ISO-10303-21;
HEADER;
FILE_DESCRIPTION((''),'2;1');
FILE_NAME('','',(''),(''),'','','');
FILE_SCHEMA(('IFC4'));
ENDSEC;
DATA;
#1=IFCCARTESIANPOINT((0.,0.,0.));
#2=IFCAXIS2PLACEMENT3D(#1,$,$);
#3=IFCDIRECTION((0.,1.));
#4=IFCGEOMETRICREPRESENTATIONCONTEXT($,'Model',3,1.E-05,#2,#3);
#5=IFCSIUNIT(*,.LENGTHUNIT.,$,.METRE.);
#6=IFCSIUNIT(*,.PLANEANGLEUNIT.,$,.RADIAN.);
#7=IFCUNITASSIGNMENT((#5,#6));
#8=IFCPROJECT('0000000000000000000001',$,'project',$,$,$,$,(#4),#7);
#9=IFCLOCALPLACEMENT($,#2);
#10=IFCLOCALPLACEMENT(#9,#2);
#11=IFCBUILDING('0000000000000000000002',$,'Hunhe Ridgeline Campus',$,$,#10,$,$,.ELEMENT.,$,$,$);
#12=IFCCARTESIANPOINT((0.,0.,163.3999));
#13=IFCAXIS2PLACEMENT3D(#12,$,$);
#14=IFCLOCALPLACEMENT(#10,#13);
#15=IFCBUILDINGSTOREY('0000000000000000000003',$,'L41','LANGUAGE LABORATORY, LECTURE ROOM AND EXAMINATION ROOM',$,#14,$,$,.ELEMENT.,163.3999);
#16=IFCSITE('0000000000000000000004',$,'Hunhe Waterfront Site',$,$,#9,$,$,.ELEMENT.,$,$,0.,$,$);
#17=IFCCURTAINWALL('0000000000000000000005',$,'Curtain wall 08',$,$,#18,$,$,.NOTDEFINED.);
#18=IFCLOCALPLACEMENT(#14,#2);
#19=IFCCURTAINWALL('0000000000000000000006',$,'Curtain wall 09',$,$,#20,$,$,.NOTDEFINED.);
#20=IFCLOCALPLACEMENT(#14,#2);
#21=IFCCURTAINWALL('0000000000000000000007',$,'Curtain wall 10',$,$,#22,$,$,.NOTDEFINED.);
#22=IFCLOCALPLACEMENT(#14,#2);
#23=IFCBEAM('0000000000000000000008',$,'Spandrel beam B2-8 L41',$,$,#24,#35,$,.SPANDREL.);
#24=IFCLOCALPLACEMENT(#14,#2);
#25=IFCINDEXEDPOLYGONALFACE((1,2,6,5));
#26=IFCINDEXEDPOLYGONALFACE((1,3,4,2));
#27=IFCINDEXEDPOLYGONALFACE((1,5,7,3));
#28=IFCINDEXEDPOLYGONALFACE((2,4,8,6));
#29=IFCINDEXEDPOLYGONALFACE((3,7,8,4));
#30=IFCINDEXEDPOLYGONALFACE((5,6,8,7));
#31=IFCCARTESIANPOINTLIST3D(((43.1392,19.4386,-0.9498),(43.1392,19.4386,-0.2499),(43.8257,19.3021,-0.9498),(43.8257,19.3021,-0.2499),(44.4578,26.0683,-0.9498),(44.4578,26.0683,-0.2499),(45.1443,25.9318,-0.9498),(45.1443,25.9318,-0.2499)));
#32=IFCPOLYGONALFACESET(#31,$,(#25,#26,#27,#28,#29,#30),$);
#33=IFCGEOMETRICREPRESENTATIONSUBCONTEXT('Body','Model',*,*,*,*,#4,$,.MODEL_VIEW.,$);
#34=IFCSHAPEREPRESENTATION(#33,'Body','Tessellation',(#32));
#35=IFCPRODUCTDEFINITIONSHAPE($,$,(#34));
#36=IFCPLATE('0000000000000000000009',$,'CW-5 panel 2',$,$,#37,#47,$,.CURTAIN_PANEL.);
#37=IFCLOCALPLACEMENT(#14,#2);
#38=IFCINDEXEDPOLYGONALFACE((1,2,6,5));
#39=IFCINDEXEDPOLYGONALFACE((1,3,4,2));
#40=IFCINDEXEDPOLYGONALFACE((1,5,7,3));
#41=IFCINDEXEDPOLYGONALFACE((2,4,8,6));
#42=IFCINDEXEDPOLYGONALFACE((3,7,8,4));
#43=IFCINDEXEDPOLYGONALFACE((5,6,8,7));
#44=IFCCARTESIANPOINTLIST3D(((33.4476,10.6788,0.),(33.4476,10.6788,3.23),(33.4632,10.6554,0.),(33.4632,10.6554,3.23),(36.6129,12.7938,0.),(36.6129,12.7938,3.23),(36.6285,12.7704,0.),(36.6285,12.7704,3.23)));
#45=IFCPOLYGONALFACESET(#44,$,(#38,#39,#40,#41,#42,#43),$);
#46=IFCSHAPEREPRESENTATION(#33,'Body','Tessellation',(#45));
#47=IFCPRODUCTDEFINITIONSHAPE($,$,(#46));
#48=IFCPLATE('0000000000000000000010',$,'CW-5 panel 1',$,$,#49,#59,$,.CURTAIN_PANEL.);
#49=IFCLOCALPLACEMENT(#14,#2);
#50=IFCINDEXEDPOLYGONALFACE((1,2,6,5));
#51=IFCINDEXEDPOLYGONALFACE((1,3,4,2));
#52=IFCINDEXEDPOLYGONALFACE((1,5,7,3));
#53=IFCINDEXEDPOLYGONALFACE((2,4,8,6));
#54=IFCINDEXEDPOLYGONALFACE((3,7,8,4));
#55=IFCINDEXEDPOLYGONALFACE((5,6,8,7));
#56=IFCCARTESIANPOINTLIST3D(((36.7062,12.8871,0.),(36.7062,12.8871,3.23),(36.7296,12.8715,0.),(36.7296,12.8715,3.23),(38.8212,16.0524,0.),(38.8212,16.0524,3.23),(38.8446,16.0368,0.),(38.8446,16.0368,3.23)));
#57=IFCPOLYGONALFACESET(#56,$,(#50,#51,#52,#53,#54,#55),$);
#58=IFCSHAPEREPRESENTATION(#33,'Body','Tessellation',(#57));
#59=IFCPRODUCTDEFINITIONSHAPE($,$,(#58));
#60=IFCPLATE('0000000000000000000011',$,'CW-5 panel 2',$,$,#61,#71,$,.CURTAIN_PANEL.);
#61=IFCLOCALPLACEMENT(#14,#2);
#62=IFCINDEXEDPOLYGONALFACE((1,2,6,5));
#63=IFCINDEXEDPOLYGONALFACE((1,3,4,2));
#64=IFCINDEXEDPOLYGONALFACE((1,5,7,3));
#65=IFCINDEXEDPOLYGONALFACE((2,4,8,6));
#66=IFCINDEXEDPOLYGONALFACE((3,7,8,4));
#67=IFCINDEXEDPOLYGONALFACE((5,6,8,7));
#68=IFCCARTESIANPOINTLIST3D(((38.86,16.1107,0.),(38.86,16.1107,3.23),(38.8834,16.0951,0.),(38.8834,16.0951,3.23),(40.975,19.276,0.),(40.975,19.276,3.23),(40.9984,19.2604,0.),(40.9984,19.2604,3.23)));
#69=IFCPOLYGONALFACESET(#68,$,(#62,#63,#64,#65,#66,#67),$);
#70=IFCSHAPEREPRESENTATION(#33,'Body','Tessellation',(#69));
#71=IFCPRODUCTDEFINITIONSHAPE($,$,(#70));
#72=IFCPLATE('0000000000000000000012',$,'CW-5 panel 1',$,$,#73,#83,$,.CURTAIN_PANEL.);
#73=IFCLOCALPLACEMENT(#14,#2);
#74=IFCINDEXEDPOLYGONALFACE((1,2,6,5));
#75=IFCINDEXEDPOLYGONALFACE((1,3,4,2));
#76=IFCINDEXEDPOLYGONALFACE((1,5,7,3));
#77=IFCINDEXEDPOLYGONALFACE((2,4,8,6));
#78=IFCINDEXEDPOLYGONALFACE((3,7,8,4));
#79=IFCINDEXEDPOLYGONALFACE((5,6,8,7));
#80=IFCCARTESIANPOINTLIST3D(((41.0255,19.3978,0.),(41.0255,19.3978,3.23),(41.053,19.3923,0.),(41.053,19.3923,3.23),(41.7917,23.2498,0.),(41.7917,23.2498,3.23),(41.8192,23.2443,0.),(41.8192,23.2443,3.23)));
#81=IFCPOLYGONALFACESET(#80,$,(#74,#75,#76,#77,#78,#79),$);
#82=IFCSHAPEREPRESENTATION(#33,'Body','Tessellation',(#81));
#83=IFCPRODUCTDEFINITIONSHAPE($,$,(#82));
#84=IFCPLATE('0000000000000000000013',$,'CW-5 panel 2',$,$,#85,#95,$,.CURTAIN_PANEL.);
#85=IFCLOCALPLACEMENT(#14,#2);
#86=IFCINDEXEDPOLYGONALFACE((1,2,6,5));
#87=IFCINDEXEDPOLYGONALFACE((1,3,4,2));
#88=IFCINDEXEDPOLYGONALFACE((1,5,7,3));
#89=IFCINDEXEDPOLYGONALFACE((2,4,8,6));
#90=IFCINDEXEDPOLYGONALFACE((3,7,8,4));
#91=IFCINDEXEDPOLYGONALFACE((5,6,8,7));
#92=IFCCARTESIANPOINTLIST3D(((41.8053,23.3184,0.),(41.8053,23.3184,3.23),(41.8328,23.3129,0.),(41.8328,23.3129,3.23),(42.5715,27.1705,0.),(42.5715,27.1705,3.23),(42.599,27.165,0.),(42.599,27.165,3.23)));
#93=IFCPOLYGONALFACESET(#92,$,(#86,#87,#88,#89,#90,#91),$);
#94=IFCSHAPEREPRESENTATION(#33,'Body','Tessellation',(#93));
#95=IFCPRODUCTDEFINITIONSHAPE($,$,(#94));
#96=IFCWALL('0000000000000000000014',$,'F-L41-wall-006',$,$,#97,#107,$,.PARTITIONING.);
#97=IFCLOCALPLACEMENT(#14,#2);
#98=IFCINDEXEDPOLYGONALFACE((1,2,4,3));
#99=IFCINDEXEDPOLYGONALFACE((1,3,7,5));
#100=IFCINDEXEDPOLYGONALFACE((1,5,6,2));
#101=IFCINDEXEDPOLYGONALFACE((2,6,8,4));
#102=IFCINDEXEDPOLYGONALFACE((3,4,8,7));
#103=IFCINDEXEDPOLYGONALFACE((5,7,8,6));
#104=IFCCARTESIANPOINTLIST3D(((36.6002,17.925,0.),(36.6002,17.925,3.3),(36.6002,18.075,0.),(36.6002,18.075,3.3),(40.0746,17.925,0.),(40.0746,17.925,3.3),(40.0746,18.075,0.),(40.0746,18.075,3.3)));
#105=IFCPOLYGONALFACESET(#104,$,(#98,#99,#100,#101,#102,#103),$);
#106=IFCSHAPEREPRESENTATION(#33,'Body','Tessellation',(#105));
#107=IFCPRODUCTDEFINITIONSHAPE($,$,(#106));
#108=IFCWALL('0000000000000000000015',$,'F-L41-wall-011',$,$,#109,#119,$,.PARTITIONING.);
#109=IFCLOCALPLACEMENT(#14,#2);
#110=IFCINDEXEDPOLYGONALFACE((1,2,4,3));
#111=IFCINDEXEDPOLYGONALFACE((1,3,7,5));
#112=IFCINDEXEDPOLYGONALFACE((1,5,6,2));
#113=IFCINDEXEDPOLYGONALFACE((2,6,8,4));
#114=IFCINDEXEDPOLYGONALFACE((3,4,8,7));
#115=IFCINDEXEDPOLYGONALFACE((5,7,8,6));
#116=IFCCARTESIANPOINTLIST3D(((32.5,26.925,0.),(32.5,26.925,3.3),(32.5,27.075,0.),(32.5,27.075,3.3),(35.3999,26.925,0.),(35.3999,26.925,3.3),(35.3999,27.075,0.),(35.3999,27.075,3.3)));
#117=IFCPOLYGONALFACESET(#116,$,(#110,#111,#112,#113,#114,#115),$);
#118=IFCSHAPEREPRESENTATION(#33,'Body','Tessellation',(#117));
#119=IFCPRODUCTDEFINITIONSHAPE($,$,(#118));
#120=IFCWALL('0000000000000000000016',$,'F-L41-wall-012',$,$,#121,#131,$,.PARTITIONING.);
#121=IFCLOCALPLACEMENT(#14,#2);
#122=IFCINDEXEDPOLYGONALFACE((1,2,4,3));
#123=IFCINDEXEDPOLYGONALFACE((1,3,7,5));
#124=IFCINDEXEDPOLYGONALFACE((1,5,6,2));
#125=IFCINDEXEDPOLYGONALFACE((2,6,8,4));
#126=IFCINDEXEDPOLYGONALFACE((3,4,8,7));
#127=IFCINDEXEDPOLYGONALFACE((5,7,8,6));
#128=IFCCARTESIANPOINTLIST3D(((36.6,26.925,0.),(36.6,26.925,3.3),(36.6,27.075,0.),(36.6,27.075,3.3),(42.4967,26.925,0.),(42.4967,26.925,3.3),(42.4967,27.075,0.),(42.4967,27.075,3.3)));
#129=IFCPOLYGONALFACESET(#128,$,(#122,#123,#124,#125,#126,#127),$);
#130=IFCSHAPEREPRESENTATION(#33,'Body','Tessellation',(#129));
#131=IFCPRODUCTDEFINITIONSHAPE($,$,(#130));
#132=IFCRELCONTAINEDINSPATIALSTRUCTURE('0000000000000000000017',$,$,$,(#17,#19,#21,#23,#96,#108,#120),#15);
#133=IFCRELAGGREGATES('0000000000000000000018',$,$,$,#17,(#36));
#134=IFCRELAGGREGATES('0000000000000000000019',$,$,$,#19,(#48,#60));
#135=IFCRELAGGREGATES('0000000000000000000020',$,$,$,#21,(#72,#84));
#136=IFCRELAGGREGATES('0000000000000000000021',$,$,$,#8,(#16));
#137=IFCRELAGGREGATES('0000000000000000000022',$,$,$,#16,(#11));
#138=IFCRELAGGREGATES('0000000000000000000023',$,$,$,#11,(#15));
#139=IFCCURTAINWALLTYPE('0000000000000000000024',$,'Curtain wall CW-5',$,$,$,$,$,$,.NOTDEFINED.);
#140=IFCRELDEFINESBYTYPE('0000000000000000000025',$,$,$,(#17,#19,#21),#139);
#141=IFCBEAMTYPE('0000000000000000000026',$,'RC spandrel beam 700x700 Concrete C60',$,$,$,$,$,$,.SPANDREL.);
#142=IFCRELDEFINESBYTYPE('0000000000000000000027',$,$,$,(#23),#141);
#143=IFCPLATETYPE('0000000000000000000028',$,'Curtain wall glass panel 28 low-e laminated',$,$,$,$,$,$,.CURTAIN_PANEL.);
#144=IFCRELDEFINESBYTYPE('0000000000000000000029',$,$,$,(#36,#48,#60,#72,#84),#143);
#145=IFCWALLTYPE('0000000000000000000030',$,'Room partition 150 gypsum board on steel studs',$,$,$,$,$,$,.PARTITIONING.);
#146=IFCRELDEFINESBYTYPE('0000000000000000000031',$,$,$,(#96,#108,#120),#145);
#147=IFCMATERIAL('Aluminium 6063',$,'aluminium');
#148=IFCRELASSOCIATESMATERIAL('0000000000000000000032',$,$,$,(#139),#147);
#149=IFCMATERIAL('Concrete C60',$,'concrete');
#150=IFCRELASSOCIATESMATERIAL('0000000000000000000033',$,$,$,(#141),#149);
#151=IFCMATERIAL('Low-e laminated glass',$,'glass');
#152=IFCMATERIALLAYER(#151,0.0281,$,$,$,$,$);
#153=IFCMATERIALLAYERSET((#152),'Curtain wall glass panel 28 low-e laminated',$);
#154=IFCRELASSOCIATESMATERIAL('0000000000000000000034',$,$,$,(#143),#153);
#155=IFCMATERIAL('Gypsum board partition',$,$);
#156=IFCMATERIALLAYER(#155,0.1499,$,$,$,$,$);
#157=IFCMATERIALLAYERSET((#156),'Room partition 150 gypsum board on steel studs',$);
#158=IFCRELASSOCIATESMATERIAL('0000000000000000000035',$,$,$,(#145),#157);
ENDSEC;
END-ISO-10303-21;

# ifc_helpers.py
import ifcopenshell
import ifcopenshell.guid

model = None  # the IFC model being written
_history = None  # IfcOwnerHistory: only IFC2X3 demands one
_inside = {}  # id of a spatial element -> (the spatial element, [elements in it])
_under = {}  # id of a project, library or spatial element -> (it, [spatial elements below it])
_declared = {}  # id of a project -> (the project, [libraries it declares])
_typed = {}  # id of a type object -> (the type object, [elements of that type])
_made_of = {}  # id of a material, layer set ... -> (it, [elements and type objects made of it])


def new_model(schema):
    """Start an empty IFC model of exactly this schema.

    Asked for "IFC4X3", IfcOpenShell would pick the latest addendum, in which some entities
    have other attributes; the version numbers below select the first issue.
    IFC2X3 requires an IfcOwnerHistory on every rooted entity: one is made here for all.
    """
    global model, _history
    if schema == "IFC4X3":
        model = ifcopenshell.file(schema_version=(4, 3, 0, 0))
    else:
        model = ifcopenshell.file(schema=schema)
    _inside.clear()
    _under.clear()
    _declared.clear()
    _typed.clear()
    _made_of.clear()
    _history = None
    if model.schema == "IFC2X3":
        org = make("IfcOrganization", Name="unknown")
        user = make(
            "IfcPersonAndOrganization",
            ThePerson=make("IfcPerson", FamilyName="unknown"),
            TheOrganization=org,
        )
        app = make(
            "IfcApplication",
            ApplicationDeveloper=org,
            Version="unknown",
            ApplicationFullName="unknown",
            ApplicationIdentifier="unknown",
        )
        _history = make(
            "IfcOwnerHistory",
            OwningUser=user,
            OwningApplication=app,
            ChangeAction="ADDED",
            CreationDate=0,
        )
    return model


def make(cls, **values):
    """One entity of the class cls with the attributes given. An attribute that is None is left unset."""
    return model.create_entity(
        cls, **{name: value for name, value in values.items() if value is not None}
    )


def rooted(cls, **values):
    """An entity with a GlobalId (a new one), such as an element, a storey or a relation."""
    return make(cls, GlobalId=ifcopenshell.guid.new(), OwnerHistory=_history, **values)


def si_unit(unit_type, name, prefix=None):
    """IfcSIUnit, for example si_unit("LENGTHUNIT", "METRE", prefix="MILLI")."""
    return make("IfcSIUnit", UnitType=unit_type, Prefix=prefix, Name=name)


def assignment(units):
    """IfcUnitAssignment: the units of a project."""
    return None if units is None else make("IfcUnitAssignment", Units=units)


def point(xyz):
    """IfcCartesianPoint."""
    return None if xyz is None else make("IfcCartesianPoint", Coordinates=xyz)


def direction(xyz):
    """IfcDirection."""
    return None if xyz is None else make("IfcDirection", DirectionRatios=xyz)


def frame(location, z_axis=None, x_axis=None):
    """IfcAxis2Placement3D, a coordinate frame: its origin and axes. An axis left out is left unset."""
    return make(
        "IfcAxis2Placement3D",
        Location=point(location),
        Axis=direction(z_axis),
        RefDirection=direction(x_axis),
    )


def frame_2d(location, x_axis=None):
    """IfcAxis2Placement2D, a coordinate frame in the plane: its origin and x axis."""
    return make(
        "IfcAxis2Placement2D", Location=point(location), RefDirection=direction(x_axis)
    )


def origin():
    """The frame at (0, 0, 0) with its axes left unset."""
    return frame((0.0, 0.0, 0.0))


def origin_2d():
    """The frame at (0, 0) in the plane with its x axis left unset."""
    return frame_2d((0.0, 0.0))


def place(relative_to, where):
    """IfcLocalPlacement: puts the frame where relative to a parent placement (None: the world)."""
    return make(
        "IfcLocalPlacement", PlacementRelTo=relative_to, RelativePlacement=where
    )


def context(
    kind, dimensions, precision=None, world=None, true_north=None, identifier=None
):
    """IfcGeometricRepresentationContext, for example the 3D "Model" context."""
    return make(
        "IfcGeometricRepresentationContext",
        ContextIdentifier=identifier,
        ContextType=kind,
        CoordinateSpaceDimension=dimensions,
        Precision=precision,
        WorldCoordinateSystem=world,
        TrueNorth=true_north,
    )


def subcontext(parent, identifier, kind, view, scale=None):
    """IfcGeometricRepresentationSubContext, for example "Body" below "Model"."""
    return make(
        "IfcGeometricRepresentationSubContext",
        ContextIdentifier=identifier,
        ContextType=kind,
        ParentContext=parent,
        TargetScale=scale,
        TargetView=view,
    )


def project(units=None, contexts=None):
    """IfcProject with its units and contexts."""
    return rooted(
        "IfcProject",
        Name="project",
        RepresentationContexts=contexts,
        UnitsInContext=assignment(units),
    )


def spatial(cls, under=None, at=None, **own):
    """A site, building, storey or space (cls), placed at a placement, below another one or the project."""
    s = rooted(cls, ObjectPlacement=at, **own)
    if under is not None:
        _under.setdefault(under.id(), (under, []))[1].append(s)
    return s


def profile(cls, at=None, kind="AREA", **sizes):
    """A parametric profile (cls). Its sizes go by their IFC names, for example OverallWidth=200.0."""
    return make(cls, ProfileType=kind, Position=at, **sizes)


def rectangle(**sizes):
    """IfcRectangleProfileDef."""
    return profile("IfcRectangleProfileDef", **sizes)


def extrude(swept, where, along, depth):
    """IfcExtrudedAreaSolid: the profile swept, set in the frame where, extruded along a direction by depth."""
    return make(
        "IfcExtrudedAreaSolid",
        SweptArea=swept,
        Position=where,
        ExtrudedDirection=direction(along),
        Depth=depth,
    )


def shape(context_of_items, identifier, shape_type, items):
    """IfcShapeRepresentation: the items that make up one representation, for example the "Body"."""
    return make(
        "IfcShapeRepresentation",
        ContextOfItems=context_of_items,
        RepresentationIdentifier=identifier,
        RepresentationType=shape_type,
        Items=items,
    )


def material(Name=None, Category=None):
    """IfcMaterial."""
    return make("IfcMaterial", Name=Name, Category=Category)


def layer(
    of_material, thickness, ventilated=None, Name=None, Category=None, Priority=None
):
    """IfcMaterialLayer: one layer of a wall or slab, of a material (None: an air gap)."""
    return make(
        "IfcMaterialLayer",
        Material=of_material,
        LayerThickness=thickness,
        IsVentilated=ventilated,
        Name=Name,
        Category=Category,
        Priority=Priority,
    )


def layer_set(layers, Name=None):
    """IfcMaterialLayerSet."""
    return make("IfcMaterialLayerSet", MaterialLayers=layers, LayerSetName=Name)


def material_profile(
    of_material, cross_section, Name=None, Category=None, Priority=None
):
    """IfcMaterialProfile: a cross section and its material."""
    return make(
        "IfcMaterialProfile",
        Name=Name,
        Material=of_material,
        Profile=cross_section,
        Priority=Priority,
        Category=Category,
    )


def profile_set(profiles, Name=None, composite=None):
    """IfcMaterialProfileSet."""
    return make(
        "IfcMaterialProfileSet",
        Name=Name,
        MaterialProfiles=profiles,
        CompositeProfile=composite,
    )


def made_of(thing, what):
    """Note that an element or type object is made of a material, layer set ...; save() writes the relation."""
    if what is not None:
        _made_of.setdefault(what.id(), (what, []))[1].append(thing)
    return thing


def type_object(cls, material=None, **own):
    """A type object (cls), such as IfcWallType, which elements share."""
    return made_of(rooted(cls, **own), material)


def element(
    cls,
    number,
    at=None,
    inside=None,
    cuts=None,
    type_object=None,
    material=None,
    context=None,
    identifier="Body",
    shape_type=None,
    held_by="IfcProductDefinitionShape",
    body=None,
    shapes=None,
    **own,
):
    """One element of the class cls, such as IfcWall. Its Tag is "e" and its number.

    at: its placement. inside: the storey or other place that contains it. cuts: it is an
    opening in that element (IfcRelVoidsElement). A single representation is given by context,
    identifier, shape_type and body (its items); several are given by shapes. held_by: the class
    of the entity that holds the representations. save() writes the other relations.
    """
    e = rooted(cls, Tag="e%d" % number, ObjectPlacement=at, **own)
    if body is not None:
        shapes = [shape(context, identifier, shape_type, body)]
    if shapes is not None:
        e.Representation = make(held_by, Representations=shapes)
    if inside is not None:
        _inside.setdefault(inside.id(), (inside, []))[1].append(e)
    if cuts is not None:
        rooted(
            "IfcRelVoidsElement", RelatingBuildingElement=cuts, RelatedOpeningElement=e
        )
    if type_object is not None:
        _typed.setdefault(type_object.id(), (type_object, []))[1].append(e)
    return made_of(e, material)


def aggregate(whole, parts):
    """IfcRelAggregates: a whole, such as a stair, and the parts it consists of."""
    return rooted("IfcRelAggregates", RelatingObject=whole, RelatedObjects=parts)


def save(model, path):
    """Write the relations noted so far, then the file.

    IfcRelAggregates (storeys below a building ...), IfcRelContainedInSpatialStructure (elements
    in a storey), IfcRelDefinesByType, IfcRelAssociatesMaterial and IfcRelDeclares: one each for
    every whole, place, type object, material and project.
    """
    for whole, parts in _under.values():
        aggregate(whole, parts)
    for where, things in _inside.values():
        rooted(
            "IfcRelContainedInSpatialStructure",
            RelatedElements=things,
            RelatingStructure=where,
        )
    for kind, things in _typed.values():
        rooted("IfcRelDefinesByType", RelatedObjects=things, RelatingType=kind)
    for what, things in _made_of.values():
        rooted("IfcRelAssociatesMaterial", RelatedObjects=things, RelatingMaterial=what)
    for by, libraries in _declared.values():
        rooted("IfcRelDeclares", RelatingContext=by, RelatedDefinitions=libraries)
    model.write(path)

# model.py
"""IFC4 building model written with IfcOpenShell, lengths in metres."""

from ifc_helpers import new_model, si_unit, direction, frame, frame_2d, origin, origin_2d, place, context, subcontext, project, spatial, rectangle, extrude, material, layer, layer_set, material_profile, profile_set, type_object, element, aggregate, save


model = new_model("IFC4")

# Units and contexts
model_context = context("Model", 3, precision=1e-05, world=origin(), true_north=direction((0.0, 1.0)))
body_context = subcontext(model_context, "Body", "Model", "MODEL_VIEW")
ifc_project = project(units=[si_unit("LENGTHUNIT", "METRE"), si_unit("PLANEANGLEUNIT", "RADIAN")], contexts=[model_context])

# Site, building, storey
site_placement = place(None, origin())
site = spatial("IfcSite", under=ifc_project, at=site_placement, Name="Hunhe Waterfront Site", CompositionType="ELEMENT", RefElevation=0.0)
building_placement = place(site_placement, origin())
building = spatial("IfcBuilding", under=site, at=building_placement, Name="Hunhe Ridgeline Campus", CompositionType="ELEMENT")
storey_placement = place(building_placement, frame((0.0, 0.0, 163.3999)))
storey = spatial("IfcBuildingStorey", under=building, at=storey_placement, Name="L41", Description="LANGUAGE LABORATORY, LECTURE ROOM AND EXAMINATION ROOM", CompositionType="ELEMENT", Elevation=163.3999)

# Curtain walls
ifc_material_1 = material(Name="Aluminium 6063", Category="aluminium")
curtain_wall_type = type_object("IfcCurtainWallType", Name="Curtain wall CW-5", PredefinedType="NOTDEFINED", material=ifc_material_1)
curtain_wall_1_placement = place(storey_placement, origin())
curtain_wall_1 = element("IfcCurtainWall", 1, at=curtain_wall_1_placement, inside=storey, type_object=curtain_wall_type, Name="Curtain wall 08", PredefinedType="NOTDEFINED")
curtain_wall_2_placement = place(storey_placement, origin())
curtain_wall_2 = element("IfcCurtainWall", 2, at=curtain_wall_2_placement, inside=storey, type_object=curtain_wall_type, Name="Curtain wall 09", PredefinedType="NOTDEFINED")
curtain_wall_3_placement = place(storey_placement, origin())
curtain_wall_3 = element("IfcCurtainWall", 3, at=curtain_wall_3_placement, inside=storey, type_object=curtain_wall_type, Name="Curtain wall 10", PredefinedType="NOTDEFINED")

# Beam
ifc_material_2 = material(Name="Concrete C60", Category="concrete")
ifc_material_profile_1 = material_profile(ifc_material_2, rectangle(XDim=0.7, YDim=0.7, at=origin_2d()))
ifc_profile_set_1 = profile_set([ifc_material_profile_1], Name="Concrete C60")
beam_type = type_object("IfcBeamType", Name="RC spandrel beam 700x700 Concrete C60", PredefinedType="SPANDREL", material=ifc_profile_set_1)
beam_1_placement = place(storey_placement, frame((43.4824, 19.3704, -0.5999), z_axis=(0.195074, 0.980788, 0.0), x_axis=(-0.980788, 0.195074, 0.0)))
element("IfcBeam", 4, at=beam_1_placement, inside=storey, type_object=beam_type, Name="Spandrel beam B2-8 L41", PredefinedType="SPANDREL", context=body_context, shape_type="SweptSolid", body=[
    extrude(rectangle(XDim=0.7, YDim=0.7, at=origin_2d()), origin(), (0.0, 0.0, 1.0), 6.7595),
])

# Plates
ifc_material_3 = material(Name="Low-e laminated glass", Category="glass")
ifc_layer_1 = layer(ifc_material_3, 0.0281)
ifc_layer_set_1 = layer_set([ifc_layer_1], Name="Curtain wall glass panel 28 low-e laminated")
plate_type = type_object("IfcPlateType", Name="Curtain wall glass panel 28 low-e laminated", PredefinedType="CURTAIN_PANEL", material=ifc_layer_set_1)
plate_1_placement = place(storey_placement, frame((35.0381, 11.7246, 0.0), z_axis=(0.0, 0.0, 1.0), x_axis=(0.83147, 0.55557, 0.0)))
plate_1 = element("IfcPlate", 5, at=plate_1_placement, type_object=plate_type, Name="CW-5 panel 2", PredefinedType="CURTAIN_PANEL", context=body_context, shape_type="SweptSolid", body=[
    extrude(rectangle(XDim=3.8069, YDim=0.0281, at=origin_2d()), origin(), (0.0, 0.0, 1.0), 3.23),
])
aggregate(curtain_wall_1, [plate_1])
plate_2_placement = place(storey_placement, frame((37.7754, 14.4619, 0.0), z_axis=(0.0, 0.0, 1.0), x_axis=(0.55557, 0.83147, 0.0)))
plate_2 = element("IfcPlate", 6, at=plate_2_placement, type_object=plate_type, Name="CW-5 panel 1", PredefinedType="CURTAIN_PANEL", context=body_context, shape_type="SweptSolid", body=[
    extrude(rectangle(XDim=3.8069, YDim=0.0281, at=origin_2d()), origin(), (0.0, 0.0, 1.0), 3.23),
])
plate_3_placement = place(storey_placement, frame((39.9292, 17.6855, 0.0), z_axis=(0.0, 0.0, 1.0), x_axis=(0.55557, 0.83147, 0.0)))
plate_3 = element("IfcPlate", 7, at=plate_3_placement, type_object=plate_type, Name="CW-5 panel 2", PredefinedType="CURTAIN_PANEL", context=body_context, shape_type="SweptSolid", body=[
    extrude(rectangle(XDim=3.8069, YDim=0.0281, at=origin_2d()), origin(), (0.0, 0.0, 1.0), 3.23),
])
aggregate(curtain_wall_2, [plate_2, plate_3])
plate_4_placement = place(storey_placement, frame((41.4224, 21.321, 0.0), z_axis=(0.0, 0.0, 1.0), x_axis=(0.19509, 0.980785, 0.0)))
plate_4 = element("IfcPlate", 8, at=plate_4_placement, type_object=plate_type, Name="CW-5 panel 1", PredefinedType="CURTAIN_PANEL", context=body_context, shape_type="SweptSolid", body=[
    extrude(rectangle(XDim=3.9275, YDim=0.0281, at=origin_2d()), origin(), (0.0, 0.0, 1.0), 3.23),
])
plate_5_placement = place(storey_placement, frame((42.2021, 25.2417, 0.0), z_axis=(0.0, 0.0, 1.0), x_axis=(0.19509, 0.980785, 0.0)))
plate_5 = element("IfcPlate", 9, at=plate_5_placement, type_object=plate_type, Name="CW-5 panel 2", PredefinedType="CURTAIN_PANEL", context=body_context, shape_type="SweptSolid", body=[
    extrude(rectangle(XDim=3.9275, YDim=0.0281, at=origin_2d()), origin(), (0.0, 0.0, 1.0), 3.23),
])
aggregate(curtain_wall_3, [plate_4, plate_5])

# Walls
ifc_material_4 = material(Name="Gypsum board partition")
ifc_layer_2 = layer(ifc_material_4, 0.1499)
ifc_layer_set_2 = layer_set([ifc_layer_2], Name="Room partition 150 gypsum board on steel studs")
wall_type = type_object("IfcWallType", Name="Room partition 150 gypsum board on steel studs", PredefinedType="PARTITIONING", material=ifc_layer_set_2)
wall_1_placement = place(storey_placement, frame((36.6001, 18.0, 0.0), z_axis=(0.0, 0.0, 1.0), x_axis=(1.0, 0.0, 0.0)))
element("IfcWall", 10, at=wall_1_placement, inside=storey, type_object=wall_type, Name="F-L41-wall-006", PredefinedType="PARTITIONING", context=body_context, shape_type="SweptSolid", body=[
    extrude(rectangle(XDim=3.4744, YDim=0.1499, at=frame_2d((1.7373, 0.0))), origin(), (0.0, 0.0, 1.0), 3.3),
])
wall_2_placement = place(storey_placement, frame((32.5, 27.0, 0.0), z_axis=(0.0, 0.0, 1.0), x_axis=(1.0, 0.0, 0.0)))
element("IfcWall", 11, at=wall_2_placement, inside=storey, type_object=wall_type, Name="F-L41-wall-011", PredefinedType="PARTITIONING", context=body_context, shape_type="SweptSolid", body=[
    extrude(rectangle(XDim=2.8999, YDim=0.1499, at=frame_2d((1.45, 0.0))), origin(), (0.0, 0.0, 1.0), 3.3),
])
wall_3_placement = place(storey_placement, frame((36.6001, 27.0, 0.0), z_axis=(0.0, 0.0, 1.0), x_axis=(1.0, 0.0, 0.0)))
element("IfcWall", 12, at=wall_3_placement, inside=storey, type_object=wall_type, Name="F-L41-wall-012", PredefinedType="PARTITIONING", context=body_context, shape_type="SweptSolid", body=[
    extrude(rectangle(XDim=5.8967, YDim=0.1499, at=frame_2d((2.9482, 0.0))), origin(), (0.0, 0.0, 1.0), 3.3),
])

save(model, "model.ifc")
